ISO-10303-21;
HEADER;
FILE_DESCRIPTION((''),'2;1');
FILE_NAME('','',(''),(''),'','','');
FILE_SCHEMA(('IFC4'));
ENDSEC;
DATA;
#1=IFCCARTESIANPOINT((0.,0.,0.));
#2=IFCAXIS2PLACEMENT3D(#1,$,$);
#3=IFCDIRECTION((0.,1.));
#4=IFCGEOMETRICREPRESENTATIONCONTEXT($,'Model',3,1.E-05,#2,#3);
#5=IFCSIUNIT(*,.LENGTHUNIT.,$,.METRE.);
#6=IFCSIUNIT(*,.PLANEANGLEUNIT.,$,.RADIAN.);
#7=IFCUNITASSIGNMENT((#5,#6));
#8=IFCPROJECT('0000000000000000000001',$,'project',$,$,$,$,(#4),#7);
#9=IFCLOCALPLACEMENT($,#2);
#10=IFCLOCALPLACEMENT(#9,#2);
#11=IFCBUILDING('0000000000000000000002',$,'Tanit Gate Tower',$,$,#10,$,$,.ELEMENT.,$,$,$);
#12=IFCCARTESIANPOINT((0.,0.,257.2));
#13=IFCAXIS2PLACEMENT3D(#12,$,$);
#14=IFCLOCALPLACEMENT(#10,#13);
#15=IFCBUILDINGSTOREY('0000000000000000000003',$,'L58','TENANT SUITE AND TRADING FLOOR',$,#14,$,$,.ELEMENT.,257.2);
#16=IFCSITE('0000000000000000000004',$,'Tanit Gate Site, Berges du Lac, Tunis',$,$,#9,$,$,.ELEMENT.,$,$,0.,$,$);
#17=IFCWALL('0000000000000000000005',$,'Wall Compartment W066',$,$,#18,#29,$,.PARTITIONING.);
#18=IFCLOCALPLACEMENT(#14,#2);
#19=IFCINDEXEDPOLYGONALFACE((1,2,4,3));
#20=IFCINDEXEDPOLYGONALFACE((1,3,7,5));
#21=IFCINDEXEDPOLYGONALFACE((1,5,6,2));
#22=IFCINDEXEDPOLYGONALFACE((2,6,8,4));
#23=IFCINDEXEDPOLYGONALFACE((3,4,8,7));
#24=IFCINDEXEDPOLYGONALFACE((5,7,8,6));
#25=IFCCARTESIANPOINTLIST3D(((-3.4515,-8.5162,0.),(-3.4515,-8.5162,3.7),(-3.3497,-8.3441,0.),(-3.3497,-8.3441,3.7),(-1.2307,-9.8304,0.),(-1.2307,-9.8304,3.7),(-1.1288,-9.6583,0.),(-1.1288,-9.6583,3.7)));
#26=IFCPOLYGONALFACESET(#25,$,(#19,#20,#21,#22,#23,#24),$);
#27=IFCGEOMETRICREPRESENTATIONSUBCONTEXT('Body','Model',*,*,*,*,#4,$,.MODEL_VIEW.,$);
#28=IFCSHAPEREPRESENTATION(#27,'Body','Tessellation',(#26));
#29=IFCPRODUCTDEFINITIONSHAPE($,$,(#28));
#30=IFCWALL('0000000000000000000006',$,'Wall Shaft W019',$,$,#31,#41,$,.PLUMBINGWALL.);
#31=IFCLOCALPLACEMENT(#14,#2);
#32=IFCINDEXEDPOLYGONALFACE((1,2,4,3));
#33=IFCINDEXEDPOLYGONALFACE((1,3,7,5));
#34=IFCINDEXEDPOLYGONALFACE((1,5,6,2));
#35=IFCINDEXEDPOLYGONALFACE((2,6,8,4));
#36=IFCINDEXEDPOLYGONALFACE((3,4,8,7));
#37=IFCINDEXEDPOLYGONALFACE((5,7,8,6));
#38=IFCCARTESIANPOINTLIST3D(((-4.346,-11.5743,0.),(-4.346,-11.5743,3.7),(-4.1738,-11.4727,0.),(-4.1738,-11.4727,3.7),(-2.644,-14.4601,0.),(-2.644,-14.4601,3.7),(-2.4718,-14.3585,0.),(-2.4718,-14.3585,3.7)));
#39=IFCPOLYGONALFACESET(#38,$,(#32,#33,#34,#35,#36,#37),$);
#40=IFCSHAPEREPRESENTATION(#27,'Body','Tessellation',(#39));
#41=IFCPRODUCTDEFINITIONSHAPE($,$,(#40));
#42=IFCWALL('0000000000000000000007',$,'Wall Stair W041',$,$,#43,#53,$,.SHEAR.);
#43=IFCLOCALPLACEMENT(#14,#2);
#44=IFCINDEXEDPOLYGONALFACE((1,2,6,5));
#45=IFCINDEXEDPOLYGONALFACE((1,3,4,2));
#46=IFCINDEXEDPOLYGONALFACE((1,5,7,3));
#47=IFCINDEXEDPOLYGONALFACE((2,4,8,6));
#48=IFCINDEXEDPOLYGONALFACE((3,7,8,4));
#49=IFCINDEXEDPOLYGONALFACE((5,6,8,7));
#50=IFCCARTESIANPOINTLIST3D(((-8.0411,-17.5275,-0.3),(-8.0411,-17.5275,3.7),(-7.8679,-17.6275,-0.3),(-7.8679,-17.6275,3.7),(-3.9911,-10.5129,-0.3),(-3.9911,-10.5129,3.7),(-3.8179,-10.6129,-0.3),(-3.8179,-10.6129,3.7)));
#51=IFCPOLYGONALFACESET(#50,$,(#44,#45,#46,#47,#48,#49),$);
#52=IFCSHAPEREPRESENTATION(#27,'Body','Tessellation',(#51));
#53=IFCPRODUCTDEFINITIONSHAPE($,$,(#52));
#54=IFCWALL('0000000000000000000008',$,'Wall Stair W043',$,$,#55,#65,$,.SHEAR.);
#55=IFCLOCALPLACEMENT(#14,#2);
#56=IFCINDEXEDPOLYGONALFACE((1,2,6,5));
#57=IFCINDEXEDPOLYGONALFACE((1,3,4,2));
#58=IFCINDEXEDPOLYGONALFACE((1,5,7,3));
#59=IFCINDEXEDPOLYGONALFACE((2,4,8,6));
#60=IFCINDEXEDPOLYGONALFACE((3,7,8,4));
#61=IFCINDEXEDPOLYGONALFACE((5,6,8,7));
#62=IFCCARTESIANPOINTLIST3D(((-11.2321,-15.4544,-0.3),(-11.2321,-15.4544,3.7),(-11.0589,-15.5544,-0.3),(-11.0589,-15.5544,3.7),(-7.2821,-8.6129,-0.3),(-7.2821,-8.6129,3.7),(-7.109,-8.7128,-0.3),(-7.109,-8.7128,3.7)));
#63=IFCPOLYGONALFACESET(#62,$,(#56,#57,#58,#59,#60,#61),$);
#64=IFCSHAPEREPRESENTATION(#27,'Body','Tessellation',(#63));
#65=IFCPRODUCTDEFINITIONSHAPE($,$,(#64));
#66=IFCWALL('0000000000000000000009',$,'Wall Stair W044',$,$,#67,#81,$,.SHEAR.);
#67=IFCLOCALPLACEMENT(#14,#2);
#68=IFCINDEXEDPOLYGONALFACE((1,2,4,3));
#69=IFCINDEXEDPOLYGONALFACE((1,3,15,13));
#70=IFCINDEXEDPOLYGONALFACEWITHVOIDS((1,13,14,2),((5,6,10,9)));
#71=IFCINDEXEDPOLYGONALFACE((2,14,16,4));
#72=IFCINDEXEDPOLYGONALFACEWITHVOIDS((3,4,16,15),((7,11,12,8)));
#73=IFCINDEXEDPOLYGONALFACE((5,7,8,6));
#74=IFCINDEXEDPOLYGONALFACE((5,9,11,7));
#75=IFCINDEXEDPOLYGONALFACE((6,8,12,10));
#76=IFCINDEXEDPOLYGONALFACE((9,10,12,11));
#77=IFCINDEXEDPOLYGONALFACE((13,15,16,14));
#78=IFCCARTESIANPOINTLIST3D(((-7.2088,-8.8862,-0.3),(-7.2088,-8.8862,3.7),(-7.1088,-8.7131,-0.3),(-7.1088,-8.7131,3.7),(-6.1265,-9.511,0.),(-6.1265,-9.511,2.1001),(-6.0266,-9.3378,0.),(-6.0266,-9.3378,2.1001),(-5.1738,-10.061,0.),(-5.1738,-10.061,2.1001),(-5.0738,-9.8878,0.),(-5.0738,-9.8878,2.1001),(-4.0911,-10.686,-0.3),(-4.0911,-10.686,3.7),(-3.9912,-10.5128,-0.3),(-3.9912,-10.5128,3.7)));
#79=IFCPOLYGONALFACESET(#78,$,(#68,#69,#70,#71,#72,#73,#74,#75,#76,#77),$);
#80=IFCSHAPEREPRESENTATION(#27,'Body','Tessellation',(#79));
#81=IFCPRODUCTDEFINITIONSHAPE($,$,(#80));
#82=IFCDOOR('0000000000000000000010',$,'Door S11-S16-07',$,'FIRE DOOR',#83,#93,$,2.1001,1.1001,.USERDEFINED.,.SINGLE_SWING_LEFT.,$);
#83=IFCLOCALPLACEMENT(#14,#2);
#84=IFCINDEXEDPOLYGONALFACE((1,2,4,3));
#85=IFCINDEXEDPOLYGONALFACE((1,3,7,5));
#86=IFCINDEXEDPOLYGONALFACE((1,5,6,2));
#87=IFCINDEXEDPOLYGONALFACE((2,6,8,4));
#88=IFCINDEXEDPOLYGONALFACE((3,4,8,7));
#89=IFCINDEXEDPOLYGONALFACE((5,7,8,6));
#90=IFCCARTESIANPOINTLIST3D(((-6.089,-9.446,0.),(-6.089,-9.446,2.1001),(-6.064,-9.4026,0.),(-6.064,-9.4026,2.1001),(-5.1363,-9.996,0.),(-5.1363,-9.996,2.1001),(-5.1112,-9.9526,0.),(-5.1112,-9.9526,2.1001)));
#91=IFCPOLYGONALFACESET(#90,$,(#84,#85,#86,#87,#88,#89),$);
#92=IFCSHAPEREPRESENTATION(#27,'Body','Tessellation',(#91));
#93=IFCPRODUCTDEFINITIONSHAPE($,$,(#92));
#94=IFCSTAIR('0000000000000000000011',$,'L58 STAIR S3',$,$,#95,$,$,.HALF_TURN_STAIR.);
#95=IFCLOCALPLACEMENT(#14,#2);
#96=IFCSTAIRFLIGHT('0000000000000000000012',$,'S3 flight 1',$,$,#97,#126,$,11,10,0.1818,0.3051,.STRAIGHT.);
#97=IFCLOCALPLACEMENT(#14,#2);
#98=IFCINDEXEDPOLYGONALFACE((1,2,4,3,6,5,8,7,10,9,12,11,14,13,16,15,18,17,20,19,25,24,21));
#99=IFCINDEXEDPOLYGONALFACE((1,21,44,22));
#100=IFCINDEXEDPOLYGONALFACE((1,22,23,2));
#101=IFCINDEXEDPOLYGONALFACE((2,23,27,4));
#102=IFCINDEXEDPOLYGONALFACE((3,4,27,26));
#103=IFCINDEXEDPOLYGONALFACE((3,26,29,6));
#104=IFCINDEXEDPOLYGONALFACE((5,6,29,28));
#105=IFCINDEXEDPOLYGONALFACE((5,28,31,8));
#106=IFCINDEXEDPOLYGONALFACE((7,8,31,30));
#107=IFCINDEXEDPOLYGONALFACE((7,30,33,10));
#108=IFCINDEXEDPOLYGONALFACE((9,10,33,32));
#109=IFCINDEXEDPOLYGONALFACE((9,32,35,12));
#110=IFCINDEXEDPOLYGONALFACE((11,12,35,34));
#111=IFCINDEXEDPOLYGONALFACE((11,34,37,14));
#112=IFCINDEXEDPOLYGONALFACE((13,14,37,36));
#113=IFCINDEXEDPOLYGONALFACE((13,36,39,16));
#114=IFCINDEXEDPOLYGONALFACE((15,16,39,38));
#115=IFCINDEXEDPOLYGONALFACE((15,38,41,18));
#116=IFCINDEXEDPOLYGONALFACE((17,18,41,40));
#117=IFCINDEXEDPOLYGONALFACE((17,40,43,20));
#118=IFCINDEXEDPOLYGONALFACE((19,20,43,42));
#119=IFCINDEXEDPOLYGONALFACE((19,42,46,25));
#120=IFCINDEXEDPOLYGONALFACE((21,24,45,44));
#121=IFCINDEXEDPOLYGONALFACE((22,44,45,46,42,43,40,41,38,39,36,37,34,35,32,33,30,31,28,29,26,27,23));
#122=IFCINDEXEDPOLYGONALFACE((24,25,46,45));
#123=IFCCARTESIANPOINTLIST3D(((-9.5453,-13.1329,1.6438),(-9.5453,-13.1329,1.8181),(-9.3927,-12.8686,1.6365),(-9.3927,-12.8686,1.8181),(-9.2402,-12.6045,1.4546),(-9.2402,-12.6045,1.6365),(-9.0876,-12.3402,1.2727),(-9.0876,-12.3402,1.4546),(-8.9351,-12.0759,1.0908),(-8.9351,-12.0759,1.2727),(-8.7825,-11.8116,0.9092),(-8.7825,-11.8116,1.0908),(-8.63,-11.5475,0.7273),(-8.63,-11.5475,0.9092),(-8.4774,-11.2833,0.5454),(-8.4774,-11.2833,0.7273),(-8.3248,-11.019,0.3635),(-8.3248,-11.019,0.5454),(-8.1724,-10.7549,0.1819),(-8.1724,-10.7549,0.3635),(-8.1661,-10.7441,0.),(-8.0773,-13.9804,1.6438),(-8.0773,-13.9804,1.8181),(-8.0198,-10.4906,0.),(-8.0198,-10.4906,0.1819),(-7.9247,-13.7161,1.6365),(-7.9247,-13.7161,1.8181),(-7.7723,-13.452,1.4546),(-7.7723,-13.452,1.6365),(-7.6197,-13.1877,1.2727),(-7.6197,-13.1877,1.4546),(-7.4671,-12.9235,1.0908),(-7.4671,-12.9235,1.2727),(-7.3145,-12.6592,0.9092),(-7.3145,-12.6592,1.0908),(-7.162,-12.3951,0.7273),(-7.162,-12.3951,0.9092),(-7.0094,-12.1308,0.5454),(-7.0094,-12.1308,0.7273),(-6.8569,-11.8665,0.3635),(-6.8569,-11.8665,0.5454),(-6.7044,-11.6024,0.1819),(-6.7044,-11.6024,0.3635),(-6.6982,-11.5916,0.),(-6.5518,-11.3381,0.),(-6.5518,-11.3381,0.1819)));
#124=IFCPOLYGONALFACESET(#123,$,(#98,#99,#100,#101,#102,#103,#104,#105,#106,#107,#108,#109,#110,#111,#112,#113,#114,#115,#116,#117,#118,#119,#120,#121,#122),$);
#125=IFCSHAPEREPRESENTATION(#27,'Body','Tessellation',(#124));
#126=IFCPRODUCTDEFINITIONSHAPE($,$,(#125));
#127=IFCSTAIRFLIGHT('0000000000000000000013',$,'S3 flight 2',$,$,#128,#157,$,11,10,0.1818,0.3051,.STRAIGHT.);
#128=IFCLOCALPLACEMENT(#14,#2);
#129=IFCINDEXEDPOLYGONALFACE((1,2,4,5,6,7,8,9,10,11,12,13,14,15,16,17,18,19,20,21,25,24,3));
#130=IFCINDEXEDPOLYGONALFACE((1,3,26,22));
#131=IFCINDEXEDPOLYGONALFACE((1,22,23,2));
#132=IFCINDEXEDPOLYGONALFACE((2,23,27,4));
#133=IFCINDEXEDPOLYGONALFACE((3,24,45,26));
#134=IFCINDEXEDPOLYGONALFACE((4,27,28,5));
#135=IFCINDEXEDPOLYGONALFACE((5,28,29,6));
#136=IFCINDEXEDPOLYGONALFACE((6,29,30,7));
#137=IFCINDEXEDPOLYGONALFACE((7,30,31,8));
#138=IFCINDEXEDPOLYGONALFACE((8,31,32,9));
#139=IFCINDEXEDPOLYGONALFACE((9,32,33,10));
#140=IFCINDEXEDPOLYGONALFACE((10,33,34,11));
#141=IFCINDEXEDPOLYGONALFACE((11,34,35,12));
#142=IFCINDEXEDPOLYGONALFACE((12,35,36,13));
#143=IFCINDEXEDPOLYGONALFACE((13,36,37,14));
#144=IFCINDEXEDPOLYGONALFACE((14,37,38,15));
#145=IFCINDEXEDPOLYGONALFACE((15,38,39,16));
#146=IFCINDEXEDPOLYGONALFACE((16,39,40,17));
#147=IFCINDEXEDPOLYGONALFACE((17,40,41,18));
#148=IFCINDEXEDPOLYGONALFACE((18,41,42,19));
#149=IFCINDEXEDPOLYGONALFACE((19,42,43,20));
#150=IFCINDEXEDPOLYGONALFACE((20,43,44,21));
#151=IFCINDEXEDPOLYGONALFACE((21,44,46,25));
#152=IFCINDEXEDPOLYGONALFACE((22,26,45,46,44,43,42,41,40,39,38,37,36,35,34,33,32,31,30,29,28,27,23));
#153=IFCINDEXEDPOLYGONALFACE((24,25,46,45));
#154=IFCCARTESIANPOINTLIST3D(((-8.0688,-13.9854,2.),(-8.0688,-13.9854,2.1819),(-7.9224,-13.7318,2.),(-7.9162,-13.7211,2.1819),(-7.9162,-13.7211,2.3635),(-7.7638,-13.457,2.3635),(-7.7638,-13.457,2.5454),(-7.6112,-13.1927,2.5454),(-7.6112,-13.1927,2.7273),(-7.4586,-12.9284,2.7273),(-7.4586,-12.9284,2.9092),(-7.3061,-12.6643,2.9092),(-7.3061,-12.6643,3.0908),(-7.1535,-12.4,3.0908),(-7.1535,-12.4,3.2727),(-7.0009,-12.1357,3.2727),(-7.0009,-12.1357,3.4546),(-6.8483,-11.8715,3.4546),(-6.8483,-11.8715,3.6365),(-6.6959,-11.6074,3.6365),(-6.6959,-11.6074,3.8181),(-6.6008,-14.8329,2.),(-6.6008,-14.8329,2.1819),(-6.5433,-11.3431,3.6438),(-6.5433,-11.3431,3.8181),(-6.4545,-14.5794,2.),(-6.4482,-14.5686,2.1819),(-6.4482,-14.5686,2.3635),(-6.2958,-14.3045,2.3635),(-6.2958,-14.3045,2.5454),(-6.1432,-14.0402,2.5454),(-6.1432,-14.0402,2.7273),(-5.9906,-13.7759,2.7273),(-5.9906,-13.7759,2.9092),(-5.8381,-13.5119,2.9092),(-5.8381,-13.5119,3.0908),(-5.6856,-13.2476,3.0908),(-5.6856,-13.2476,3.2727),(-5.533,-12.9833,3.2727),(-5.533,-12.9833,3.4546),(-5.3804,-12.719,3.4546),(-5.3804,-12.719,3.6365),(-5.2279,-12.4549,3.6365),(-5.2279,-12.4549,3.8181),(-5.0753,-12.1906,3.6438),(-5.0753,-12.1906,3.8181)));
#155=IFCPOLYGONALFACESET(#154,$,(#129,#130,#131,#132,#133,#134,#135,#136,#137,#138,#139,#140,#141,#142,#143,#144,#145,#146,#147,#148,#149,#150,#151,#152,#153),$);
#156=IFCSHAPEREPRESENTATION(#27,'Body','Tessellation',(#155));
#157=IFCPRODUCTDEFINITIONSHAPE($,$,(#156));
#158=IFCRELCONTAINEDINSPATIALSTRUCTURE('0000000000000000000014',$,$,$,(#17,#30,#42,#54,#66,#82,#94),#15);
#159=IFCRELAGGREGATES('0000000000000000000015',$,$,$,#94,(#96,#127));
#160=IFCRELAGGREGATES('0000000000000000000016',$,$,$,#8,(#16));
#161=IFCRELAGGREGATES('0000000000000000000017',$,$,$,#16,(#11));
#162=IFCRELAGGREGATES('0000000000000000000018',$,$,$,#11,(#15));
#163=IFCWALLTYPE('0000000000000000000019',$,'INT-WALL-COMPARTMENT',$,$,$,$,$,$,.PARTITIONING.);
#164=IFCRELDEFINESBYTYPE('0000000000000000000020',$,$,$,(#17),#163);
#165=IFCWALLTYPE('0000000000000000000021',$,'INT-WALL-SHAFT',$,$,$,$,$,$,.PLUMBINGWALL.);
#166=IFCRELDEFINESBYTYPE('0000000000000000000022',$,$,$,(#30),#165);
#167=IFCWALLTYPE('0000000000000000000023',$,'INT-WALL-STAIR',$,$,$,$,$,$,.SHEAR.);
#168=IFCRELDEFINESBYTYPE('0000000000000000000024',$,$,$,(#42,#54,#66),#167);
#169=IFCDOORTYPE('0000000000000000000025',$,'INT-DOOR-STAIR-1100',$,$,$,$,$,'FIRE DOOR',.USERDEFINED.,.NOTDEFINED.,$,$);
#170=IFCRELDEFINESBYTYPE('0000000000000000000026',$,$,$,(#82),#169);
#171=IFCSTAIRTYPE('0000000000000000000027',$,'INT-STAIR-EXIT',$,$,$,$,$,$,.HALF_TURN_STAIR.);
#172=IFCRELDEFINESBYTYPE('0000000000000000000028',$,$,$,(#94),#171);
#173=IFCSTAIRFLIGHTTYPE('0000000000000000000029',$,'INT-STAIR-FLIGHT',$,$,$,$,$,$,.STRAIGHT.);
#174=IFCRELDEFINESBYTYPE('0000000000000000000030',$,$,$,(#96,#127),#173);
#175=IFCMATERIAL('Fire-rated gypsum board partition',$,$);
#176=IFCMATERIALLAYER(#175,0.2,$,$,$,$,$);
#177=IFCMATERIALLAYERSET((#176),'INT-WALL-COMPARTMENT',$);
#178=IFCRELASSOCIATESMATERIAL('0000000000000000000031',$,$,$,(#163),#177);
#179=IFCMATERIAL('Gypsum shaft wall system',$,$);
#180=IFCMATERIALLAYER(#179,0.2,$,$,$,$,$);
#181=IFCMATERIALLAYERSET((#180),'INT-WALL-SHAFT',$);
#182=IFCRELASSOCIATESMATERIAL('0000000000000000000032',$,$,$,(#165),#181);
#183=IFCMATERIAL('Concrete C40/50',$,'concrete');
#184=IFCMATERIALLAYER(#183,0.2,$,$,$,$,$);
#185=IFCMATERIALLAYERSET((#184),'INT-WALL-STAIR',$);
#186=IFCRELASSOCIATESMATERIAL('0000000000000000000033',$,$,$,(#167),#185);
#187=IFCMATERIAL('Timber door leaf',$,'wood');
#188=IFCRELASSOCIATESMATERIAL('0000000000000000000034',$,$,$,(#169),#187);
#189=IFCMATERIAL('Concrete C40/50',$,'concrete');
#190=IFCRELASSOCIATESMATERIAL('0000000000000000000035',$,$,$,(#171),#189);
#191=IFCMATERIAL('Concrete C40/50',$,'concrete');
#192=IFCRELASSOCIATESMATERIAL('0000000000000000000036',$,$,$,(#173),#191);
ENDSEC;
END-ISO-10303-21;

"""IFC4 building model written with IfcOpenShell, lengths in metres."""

from ifc_helpers import new_model, si_unit, direction, frame, frame_2d, origin, place, context, subcontext, project, spatial, polyline, rectangle, outline, extrude, material, layer, layer_set, type_object, element, fill, aggregate, save


model = new_model("IFC4")

# Units and contexts
model_context = context("Model", 3, precision=1e-05, world=origin(), true_north=direction((0.0, 1.0)))
body_context = subcontext(model_context, "Body", "Model", "MODEL_VIEW")
ifc_project = project(units=[si_unit("LENGTHUNIT", "METRE"), si_unit("PLANEANGLEUNIT", "RADIAN")], contexts=[model_context])

# Site, building, storey
site_placement = place(None, origin())
site = spatial("IfcSite", under=ifc_project, at=site_placement, Name="Tanit Gate Site, Berges du Lac, Tunis", CompositionType="ELEMENT", RefElevation=0.0)
building_placement = place(site_placement, origin())
building = spatial("IfcBuilding", under=site, at=building_placement, Name="Tanit Gate Tower", CompositionType="ELEMENT")
storey_placement = place(building_placement, frame((0.0, 0.0, 257.2)))
storey = spatial("IfcBuildingStorey", under=building, at=storey_placement, Name="L58", Description="TENANT SUITE AND TRADING FLOOR", CompositionType="ELEMENT", Elevation=257.2)

# Walls
ifc_material_1 = material(Name="Fire-rated gypsum board partition")
ifc_layer_1 = layer(ifc_material_1, 0.2)
ifc_layer_set_1 = layer_set([ifc_layer_1], Name="INT-WALL-COMPARTMENT")
wall_type_1 = type_object("IfcWallType", Name="INT-WALL-COMPARTMENT", PredefinedType="PARTITIONING", material=ifc_layer_set_1)
wall_1_placement = place(storey_placement, frame((-3.4006, -8.4302, 0.0), z_axis=(0.0, 0.0, 1.0), x_axis=(0.860616, -0.509255, 0.0)))
element("IfcWall", 1, at=wall_1_placement, inside=storey, type_object=wall_type_1, Name="Wall Compartment W066", PredefinedType="PARTITIONING", context=body_context, shape_type="SweptSolid", body=[
    extrude(rectangle(XDim=2.5806, YDim=0.2, at=frame_2d((1.2903, 0.0))), origin(), (0.0, 0.0, 1.0), 3.7),
])
ifc_material_2 = material(Name="Gypsum shaft wall system")
ifc_layer_2 = layer(ifc_material_2, 0.2)
ifc_layer_set_2 = layer_set([ifc_layer_2], Name="INT-WALL-SHAFT")
wall_type_2 = type_object("IfcWallType", Name="INT-WALL-SHAFT", PredefinedType="PLUMBINGWALL", material=ifc_layer_set_2)
wall_2_placement = place(storey_placement, frame((-2.5579, -14.4094, 0.0), z_axis=(0.0, 0.0, 1.0), x_axis=(-0.507997, 0.861359, 0.0)))
element("IfcWall", 2, at=wall_2_placement, inside=storey, type_object=wall_type_2, Name="Wall Shaft W019", PredefinedType="PLUMBINGWALL", context=body_context, shape_type="SweptSolid", body=[
    extrude(rectangle(XDim=3.3503, YDim=0.2, at=frame_2d((1.6753, 0.0))), origin(), (0.0, 0.0, 1.0), 3.7),
])
ifc_material_3 = material(Name="Concrete C40/50", Category="concrete")
ifc_layer_3 = layer(ifc_material_3, 0.2)
ifc_layer_set_3 = layer_set([ifc_layer_3], Name="INT-WALL-STAIR")
wall_type_3 = type_object("IfcWallType", Name="INT-WALL-STAIR", PredefinedType="SHEAR", material=ifc_layer_set_3)
wall_3_placement = place(storey_placement, frame((-3.9045, -10.563, -0.3), z_axis=(0.0, 0.0, 1.0), x_axis=(-0.500013, -0.866018, 0.0)))
element("IfcWall", 3, at=wall_3_placement, inside=storey, type_object=wall_type_3, Name="Wall Stair W041", PredefinedType="SHEAR", context=body_context, shape_type="SweptSolid", body=[
    extrude(rectangle(XDim=8.0999, YDim=0.2, at=frame_2d((4.0498, 0.0))), origin(), (0.0, 0.0, 1.0), 4.0),
])
wall_4_placement = place(storey_placement, frame((-7.1956, -8.6628, -0.3), z_axis=(0.0, 0.0, 1.0), x_axis=(-0.499998, -0.866027, 0.0)))
element("IfcWall", 4, at=wall_4_placement, inside=storey, type_object=wall_type_3, Name="Wall Stair W043", PredefinedType="SHEAR", context=body_context, shape_type="SweptSolid", body=[
    extrude(rectangle(XDim=7.8999, YDim=0.2, at=frame_2d((3.95, 0.0))), origin(), (0.0, 0.0, 1.0), 4.0),
])

# Wall, opening, door
wall_5_placement = place(storey_placement, frame((-4.0413, -10.5994, -0.3), z_axis=(0.0, 0.0, 1.0), x_axis=(-0.866048, 0.499961, 0.0)))
wall_5 = element("IfcWall", 5, at=wall_5_placement, inside=storey, type_object=wall_type_3, Name="Wall Stair W044", PredefinedType="SHEAR", context=body_context, shape_type="SweptSolid", body=[
    extrude(rectangle(XDim=3.5999, YDim=0.2, at=frame_2d((1.7998, 0.0))), origin(), (0.0, 0.0, 1.0), 4.0),
])
opening_1_placement = place(wall_5_placement, frame((1.25, 0.0, 0.3)))
opening_1 = element("IfcOpeningElement", 6, at=opening_1_placement, cuts=wall_5, PredefinedType="OPENING", context=body_context, shape_type="SweptSolid", body=[
    extrude(rectangle(XDim=1.1001, YDim=2.1001, at=frame_2d((0.55, 1.05))), frame((0.0, 0.1099, 0.0), z_axis=(0.0, -1.0, 0.0), x_axis=(1.0, 0.0, 0.0)), (0.0, 0.0, 1.0), 0.22),
])
ifc_material_4 = material(Name="Timber door leaf", Category="wood")
door_type_1 = type_object("IfcDoorType", Name="INT-DOOR-STAIR-1100", ElementType="FIRE DOOR", OperationType="NOTDEFINED", PredefinedType="USERDEFINED", material=ifc_material_4)
door_1_placement = place(opening_1_placement, origin())
door_1 = element("IfcDoor", 7, at=door_1_placement, inside=storey, type_object=door_type_1, Name="Door S11-S16-07", ObjectType="FIRE DOOR", OperationType="SINGLE_SWING_LEFT", OverallHeight=2.1001, OverallWidth=1.1001, PredefinedType="USERDEFINED", context=body_context, shape_type="SweptSolid", body=[
    extrude(rectangle(XDim=1.1001, YDim=2.1001, at=frame_2d((0.55, 1.05))), frame((0.0, 0.0249, 0.0), z_axis=(0.0, -1.0, 0.0), x_axis=(1.0, 0.0, 0.0)), (0.0, 0.0, 1.0), 0.05),
])
fill(opening_1, door_1)

# Stair, stair flights
ifc_material_5 = material(Name="Concrete C40/50", Category="concrete")
stair_type = type_object("IfcStairType", Name="INT-STAIR-EXIT", PredefinedType="HALF_TURN_STAIR", material=ifc_material_5)
stair_placement = place(storey_placement, origin())
stair = element("IfcStair", 8, at=stair_placement, inside=storey, type_object=stair_type, Name="L58 STAIR S3", PredefinedType="HALF_TURN_STAIR")
ifc_material_6 = material(Name="Concrete C40/50", Category="concrete")
stair_flight_type = type_object("IfcStairFlightType", Name="INT-STAIR-FLIGHT", PredefinedType="STRAIGHT", material=ifc_material_6)
stair_flight_1_placement = place(storey_placement, frame((-7.2859, -10.9143, 0.0), z_axis=(0.0, 0.0, 1.0), x_axis=(-0.5, -0.866025, 0.0)))
stair_flight_1 = element("IfcStairFlight", 9, at=stair_flight_1_placement, type_object=stair_flight_type, Name="S3 flight 1", NumberOfRisers=11, NumberOfTreads=10, PredefinedType="STRAIGHT", RiserHeight=0.1818, TreadLength=0.3051, context=body_context, shape_type="SweptSolid", body=[
    extrude(outline(polyline([(0.0, 0.0), (0.0, 0.1819), (0.3052, 0.1819), (0.3052, 0.3635), (0.6101, 0.3635), (0.6101, 0.5454), (0.9153, 0.5454), (0.9153, 0.7273), (1.2205, 0.7273), (1.2205, 0.9092), (1.5254, 0.9092), (1.5254, 1.0908), (1.8306, 1.0908), (1.8306, 1.2727), (2.1357, 1.2727), (2.1357, 1.4546), (2.4409, 1.4546), (2.4409, 1.6365), (2.7458, 1.6365), (2.7458, 1.8181), (3.051, 1.8181), (3.051, 2.0), (3.051, 1.6438), (0.2927, 0.0), (0.0, 0.0)])), frame((0.0, 0.8477, 0.0), z_axis=(0.0, -1.0, 0.0), x_axis=(1.0, 0.0, 0.0)), (0.0, 0.0, 1.0), 1.6951),
])
stair_flight_2_placement = place(storey_placement, frame((-7.3347, -14.4092, 2.0), z_axis=(0.0, 0.0, 1.0), x_axis=(0.5, 0.866025, 0.0)))
stair_flight_2 = element("IfcStairFlight", 10, at=stair_flight_2_placement, type_object=stair_flight_type, Name="S3 flight 2", NumberOfRisers=11, NumberOfTreads=10, PredefinedType="STRAIGHT", RiserHeight=0.1818, TreadLength=0.3051, context=body_context, shape_type="SweptSolid", body=[
    extrude(outline(polyline([(0.0, 0.0), (0.0, 0.1819), (0.3052, 0.1819), (0.3052, 0.3635), (0.6101, 0.3635), (0.6101, 0.5454), (0.9153, 0.5454), (0.9153, 0.7273), (1.2205, 0.7273), (1.2205, 0.9092), (1.5254, 0.9092), (1.5254, 1.0908), (1.8306, 1.0908), (1.8306, 1.2727), (2.1357, 1.2727), (2.1357, 1.4546), (2.4409, 1.4546), (2.4409, 1.6365), (2.7458, 1.6365), (2.7458, 1.8181), (3.051, 1.8181), (3.051, 2.0), (3.051, 1.6438), (0.2927, 0.0), (0.0, 0.0)])), frame((0.0, 0.8477, 0.0), z_axis=(0.0, -1.0, 0.0), x_axis=(1.0, 0.0, 0.0)), (0.0, 0.0, 1.0), 1.6951),
])
aggregate(stair, [stair_flight_1, stair_flight_2])

save(model, "model.ifc")
